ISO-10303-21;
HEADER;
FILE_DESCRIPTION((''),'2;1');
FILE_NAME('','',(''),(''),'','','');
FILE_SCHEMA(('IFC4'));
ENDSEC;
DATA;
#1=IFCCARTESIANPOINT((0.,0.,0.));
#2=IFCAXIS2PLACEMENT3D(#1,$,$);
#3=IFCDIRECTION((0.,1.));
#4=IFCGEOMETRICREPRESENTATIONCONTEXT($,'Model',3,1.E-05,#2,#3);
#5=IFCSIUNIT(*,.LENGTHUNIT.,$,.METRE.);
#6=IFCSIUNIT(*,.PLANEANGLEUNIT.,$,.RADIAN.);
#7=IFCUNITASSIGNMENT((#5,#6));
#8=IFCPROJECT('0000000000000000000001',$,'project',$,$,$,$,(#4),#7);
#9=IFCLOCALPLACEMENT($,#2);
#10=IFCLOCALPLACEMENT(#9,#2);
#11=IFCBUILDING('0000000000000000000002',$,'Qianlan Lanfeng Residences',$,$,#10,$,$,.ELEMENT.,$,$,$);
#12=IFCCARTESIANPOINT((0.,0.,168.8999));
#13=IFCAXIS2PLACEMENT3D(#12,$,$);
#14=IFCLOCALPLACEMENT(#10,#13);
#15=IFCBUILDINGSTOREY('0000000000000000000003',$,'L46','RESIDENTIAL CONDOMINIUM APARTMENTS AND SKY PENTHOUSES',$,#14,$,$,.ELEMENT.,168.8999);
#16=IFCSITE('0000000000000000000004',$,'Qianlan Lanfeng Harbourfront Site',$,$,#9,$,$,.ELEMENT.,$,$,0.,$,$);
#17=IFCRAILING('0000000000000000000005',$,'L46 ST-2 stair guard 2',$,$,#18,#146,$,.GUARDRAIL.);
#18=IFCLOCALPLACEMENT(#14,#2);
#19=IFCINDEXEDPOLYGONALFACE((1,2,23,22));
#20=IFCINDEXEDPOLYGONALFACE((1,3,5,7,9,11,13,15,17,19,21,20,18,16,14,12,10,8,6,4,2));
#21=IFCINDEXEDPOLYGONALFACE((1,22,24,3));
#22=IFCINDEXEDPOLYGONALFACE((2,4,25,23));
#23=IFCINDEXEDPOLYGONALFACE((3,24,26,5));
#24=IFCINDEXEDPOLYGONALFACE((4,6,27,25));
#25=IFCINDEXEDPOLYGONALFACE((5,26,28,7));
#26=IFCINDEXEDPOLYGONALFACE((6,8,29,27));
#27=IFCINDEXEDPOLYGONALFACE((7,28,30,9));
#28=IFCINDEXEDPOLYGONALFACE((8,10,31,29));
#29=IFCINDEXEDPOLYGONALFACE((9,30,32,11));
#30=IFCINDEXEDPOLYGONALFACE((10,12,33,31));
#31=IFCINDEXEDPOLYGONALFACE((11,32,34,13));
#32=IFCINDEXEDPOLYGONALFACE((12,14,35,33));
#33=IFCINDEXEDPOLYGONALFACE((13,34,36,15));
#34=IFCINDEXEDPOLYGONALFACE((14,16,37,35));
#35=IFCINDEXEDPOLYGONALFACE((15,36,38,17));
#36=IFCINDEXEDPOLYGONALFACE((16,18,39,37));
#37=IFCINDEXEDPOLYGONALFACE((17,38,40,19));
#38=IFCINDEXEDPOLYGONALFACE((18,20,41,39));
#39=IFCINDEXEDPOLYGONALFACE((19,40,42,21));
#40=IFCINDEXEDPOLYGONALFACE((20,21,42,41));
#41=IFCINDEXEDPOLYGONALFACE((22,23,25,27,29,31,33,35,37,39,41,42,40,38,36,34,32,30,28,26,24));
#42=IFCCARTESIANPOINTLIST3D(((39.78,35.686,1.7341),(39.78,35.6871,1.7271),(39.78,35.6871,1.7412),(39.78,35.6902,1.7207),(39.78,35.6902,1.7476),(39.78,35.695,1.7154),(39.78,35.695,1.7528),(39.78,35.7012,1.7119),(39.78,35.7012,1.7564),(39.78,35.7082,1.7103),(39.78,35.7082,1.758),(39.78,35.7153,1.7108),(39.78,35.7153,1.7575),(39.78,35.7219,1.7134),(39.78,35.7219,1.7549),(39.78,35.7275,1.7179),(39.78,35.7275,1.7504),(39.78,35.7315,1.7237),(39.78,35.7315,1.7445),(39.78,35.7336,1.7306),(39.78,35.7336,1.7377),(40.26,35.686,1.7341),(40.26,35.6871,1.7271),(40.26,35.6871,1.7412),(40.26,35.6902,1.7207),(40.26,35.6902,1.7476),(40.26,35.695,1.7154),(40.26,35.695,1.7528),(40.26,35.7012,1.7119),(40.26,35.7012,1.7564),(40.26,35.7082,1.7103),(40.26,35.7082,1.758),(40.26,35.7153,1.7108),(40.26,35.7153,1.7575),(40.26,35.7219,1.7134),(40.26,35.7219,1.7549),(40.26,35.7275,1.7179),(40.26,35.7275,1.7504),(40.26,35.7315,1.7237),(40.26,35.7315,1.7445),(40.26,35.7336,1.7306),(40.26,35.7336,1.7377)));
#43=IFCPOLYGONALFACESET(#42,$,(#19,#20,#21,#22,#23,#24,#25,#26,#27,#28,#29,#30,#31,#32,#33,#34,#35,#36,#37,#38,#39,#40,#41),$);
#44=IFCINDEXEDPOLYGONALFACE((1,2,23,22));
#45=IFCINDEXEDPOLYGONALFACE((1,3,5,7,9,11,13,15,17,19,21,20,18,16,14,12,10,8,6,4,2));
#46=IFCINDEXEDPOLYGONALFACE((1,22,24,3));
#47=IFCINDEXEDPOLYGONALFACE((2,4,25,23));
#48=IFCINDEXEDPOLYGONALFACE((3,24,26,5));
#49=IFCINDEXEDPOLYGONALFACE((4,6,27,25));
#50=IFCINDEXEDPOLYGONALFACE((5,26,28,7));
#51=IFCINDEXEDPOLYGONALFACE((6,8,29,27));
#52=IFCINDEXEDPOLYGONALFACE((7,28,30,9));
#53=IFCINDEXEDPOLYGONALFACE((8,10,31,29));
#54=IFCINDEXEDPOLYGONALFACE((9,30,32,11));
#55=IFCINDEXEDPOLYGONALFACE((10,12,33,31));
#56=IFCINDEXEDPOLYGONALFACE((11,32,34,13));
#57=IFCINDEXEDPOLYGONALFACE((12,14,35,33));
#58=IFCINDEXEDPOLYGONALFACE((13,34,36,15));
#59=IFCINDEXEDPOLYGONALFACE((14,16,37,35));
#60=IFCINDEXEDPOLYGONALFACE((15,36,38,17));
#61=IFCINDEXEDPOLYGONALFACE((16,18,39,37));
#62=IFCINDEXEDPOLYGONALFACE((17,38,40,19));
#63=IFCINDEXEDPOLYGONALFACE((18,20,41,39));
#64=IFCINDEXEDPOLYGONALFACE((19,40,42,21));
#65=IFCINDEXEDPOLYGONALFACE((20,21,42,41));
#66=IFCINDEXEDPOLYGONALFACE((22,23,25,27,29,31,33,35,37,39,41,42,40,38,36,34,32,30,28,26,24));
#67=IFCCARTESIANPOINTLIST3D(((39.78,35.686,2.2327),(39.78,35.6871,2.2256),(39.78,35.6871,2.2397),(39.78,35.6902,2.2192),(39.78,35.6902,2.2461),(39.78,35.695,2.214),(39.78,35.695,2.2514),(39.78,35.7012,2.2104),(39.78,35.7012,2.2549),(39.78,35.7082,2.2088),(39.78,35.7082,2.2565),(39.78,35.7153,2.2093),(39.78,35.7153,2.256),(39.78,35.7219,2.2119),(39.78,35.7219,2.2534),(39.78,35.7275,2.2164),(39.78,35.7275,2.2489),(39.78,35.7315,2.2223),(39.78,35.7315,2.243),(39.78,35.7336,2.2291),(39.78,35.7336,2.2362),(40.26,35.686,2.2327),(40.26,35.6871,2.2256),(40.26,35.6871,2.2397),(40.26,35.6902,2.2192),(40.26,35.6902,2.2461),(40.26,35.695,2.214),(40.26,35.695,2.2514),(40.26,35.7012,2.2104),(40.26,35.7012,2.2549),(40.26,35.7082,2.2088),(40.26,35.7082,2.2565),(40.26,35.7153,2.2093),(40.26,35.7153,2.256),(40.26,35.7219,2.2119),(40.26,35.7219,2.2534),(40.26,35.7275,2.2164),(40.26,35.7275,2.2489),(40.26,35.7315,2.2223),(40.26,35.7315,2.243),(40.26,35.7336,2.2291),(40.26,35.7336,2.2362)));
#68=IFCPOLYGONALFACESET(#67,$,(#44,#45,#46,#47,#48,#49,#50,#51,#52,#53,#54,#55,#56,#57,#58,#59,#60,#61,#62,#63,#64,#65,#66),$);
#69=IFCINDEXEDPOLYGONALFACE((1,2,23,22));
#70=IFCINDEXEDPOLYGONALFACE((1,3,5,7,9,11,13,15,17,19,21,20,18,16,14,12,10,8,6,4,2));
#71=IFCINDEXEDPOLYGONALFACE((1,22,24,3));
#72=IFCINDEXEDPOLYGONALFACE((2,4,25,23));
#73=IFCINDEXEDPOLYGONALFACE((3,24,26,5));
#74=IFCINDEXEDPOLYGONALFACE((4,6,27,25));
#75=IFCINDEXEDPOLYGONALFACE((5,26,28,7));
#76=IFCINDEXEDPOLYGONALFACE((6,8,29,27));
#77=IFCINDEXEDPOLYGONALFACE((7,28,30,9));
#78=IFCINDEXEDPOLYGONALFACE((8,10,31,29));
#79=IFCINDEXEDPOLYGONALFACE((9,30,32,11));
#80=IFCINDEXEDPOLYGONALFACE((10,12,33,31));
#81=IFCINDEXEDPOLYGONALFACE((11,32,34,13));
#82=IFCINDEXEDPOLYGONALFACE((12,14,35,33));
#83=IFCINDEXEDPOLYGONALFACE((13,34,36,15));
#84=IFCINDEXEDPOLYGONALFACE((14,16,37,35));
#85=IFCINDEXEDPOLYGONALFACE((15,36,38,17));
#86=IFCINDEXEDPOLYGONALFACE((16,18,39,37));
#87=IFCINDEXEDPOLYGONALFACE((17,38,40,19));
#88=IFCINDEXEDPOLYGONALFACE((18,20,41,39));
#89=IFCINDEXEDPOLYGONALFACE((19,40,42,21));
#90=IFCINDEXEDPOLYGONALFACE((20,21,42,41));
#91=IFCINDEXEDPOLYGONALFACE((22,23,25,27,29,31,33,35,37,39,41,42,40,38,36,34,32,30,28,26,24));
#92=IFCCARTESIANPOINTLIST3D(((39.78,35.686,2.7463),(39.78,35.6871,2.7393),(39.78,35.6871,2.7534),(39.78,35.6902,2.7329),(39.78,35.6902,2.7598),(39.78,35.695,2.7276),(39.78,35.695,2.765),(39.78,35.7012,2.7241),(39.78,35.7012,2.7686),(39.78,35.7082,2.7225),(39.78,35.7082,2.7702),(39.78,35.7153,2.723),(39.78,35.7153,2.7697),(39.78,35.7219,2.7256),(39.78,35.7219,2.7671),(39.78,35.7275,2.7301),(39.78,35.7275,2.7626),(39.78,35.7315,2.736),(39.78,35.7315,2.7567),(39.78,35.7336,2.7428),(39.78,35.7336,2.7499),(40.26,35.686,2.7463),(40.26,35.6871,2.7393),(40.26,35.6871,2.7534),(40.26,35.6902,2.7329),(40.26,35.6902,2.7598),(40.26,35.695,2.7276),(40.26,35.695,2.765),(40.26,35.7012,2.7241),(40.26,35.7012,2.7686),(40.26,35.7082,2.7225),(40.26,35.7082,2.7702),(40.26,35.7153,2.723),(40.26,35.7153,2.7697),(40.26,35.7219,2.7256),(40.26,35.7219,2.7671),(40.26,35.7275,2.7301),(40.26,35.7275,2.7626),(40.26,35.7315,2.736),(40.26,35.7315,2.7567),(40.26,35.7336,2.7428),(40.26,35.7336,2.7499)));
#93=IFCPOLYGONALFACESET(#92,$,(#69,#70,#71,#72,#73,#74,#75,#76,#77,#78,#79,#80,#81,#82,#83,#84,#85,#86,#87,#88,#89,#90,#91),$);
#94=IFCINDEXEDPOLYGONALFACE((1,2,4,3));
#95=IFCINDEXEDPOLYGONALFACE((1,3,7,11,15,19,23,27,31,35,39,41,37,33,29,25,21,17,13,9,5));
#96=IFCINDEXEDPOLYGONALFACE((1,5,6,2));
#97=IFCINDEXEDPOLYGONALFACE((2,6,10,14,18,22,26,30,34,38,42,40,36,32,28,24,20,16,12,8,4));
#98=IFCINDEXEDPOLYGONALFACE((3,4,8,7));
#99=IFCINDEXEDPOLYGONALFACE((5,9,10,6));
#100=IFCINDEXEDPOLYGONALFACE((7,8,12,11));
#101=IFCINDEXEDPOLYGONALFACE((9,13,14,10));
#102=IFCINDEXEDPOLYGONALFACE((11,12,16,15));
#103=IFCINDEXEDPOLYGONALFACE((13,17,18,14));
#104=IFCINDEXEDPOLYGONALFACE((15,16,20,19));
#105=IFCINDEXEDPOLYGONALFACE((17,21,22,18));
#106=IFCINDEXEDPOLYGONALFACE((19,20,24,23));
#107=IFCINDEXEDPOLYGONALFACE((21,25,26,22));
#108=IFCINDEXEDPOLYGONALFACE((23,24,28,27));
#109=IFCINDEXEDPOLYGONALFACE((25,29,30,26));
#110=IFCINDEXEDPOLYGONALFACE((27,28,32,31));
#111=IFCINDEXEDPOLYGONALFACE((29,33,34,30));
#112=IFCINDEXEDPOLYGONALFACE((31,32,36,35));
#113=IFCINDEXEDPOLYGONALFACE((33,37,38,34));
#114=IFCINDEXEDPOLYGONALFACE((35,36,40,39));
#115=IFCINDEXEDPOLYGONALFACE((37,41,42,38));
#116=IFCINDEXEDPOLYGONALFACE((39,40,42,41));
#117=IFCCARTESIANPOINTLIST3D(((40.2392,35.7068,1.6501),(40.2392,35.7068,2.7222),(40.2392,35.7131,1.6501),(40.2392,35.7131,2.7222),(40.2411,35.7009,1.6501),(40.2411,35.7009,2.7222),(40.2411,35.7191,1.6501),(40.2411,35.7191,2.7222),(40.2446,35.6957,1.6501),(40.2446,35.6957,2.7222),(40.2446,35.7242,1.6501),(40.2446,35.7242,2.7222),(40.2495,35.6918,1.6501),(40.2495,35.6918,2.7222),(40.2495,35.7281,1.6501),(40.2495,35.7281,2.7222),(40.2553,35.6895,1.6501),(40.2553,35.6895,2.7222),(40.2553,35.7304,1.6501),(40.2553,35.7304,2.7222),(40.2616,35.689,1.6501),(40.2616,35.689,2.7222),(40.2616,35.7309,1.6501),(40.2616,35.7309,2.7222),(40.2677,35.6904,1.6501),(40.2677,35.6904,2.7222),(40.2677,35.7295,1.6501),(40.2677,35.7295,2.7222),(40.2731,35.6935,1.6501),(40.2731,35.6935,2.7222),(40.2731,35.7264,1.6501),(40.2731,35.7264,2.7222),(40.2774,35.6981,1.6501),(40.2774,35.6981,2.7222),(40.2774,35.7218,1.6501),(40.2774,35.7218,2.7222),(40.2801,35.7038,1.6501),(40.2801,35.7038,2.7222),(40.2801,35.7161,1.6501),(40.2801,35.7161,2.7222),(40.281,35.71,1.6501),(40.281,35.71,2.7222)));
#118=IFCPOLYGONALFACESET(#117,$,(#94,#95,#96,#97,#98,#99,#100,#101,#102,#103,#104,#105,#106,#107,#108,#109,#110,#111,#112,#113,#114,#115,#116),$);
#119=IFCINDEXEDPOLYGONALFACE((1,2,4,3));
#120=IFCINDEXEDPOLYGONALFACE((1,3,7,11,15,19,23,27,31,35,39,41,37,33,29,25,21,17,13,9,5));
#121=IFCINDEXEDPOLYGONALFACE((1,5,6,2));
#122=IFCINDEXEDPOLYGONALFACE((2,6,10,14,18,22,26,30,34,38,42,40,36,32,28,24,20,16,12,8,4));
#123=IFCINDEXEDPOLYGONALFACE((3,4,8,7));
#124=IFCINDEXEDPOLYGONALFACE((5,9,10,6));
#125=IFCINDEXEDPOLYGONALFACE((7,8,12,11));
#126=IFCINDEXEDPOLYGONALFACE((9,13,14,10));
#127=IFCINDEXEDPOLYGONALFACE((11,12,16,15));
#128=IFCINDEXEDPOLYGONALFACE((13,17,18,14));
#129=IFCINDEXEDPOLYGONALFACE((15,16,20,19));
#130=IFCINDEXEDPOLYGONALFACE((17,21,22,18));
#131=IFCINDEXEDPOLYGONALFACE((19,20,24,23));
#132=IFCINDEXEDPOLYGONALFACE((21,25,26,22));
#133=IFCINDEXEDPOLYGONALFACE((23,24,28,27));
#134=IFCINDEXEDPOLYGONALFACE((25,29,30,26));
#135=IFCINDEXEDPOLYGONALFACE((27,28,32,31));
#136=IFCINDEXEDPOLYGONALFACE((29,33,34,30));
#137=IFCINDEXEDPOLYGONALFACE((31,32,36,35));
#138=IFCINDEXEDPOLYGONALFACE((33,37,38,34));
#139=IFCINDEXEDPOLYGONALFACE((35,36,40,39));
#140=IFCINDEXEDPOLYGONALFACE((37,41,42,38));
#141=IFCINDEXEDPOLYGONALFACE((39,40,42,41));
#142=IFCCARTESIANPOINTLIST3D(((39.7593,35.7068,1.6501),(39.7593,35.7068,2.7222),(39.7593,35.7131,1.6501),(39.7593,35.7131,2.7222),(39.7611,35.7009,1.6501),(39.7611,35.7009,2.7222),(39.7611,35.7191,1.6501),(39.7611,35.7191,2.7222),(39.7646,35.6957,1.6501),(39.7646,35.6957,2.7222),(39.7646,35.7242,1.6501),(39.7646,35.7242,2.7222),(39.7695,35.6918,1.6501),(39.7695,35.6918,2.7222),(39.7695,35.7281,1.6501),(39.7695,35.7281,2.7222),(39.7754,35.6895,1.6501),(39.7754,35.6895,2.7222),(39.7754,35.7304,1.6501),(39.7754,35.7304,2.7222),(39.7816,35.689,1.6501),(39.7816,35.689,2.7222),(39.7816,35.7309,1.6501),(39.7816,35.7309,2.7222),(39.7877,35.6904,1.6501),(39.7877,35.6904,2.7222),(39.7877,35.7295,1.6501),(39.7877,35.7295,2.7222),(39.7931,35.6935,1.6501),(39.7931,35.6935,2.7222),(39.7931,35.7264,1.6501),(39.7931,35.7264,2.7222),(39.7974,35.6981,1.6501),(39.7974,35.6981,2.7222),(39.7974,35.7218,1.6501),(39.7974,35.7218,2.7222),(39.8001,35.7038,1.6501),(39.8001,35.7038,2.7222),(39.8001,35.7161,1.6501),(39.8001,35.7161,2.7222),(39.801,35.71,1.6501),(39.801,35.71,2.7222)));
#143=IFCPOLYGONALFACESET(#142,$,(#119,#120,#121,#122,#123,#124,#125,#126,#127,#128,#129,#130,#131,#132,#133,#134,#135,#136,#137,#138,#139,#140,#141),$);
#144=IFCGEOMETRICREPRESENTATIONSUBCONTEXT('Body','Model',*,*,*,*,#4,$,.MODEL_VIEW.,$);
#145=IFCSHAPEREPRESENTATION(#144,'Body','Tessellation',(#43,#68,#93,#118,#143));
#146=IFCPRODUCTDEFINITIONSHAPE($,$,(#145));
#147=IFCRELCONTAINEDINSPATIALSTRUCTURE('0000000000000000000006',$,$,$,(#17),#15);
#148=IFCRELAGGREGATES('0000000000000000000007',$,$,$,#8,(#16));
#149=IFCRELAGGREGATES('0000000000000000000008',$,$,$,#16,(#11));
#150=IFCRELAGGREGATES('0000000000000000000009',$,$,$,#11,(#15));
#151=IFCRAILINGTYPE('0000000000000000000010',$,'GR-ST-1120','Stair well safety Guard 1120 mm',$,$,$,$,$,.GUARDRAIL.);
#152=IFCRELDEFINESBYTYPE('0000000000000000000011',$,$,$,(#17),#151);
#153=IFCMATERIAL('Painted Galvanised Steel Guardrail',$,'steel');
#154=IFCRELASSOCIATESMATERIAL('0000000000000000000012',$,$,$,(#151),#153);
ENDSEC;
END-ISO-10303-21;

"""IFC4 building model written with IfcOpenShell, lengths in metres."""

from ifc_helpers import new_model, si_unit, direction, frame, origin, origin_2d, place, context, subcontext, project, spatial, circle, extrude, material, type_object, element, save


model = new_model("IFC4")

# Units and contexts
model_context = context("Model", 3, precision=1e-05, world=origin(), true_north=direction((0.0, 1.0)))
body_context = subcontext(model_context, "Body", "Model", "MODEL_VIEW")
ifc_project = project(units=[si_unit("LENGTHUNIT", "METRE"), si_unit("PLANEANGLEUNIT", "RADIAN")], contexts=[model_context])

# Site, building, storey
site_placement = place(None, origin())
site = spatial("IfcSite", under=ifc_project, at=site_placement, Name="Qianlan Lanfeng Harbourfront Site", CompositionType="ELEMENT", RefElevation=0.0)
building_placement = place(site_placement, origin())
building = spatial("IfcBuilding", under=site, at=building_placement, Name="Qianlan Lanfeng Residences", CompositionType="ELEMENT")
storey_placement = place(building_placement, frame((0.0, 0.0, 168.8999)))
storey = spatial("IfcBuildingStorey", under=building, at=storey_placement, Name="L46", Description="RESIDENTIAL CONDOMINIUM APARTMENTS AND SKY PENTHOUSES", CompositionType="ELEMENT", Elevation=168.8999)

# Railing
ifc_material_1 = material(Name="Painted Galvanised Steel Guardrail", Category="steel")
railing_type_1 = type_object("IfcRailingType", Name="GR-ST-1120", Description="Stair well safety Guard 1120 mm", PredefinedType="GUARDRAIL", material=ifc_material_1)
railing_1_placement = place(storey_placement, frame((40.26, 35.71, 1.6501)))
element("IfcRailing", 1, at=railing_1_placement, inside=storey, type_object=railing_type_1, Name="L46 ST-2 stair guard 2", PredefinedType="GUARDRAIL", context=body_context, shape_type="SweptSolid", body=[
    extrude(circle(Radius=0.0239, at=origin_2d()), frame((0.0, 0.0, 0.084), z_axis=(-1.0, 0.0, 0.0), x_axis=(0.0, -1.0, 0.0)), (0.0, 0.0, 1.0), 0.48),
    extrude(circle(Radius=0.0239, at=origin_2d()), frame((0.0, 0.0, 0.5825), z_axis=(-1.0, 0.0, 0.0), x_axis=(0.0, -1.0, 0.0)), (0.0, 0.0, 1.0), 0.48),
    extrude(circle(Radius=0.0239, at=origin_2d()), frame((0.0, 0.0, 1.0962), z_axis=(-1.0, 0.0, 0.0), x_axis=(0.0, -1.0, 0.0)), (0.0, 0.0, 1.0), 0.48),
    extrude(circle(Radius=0.021, at=origin_2d()), origin(), (0.0, 0.0, 1.0), 1.072),
    extrude(circle(Radius=0.021, at=origin_2d()), frame((-0.48, 0.0, 0.0)), (0.0, 0.0, 1.0), 1.072),
])

save(model, "model.ifc")
